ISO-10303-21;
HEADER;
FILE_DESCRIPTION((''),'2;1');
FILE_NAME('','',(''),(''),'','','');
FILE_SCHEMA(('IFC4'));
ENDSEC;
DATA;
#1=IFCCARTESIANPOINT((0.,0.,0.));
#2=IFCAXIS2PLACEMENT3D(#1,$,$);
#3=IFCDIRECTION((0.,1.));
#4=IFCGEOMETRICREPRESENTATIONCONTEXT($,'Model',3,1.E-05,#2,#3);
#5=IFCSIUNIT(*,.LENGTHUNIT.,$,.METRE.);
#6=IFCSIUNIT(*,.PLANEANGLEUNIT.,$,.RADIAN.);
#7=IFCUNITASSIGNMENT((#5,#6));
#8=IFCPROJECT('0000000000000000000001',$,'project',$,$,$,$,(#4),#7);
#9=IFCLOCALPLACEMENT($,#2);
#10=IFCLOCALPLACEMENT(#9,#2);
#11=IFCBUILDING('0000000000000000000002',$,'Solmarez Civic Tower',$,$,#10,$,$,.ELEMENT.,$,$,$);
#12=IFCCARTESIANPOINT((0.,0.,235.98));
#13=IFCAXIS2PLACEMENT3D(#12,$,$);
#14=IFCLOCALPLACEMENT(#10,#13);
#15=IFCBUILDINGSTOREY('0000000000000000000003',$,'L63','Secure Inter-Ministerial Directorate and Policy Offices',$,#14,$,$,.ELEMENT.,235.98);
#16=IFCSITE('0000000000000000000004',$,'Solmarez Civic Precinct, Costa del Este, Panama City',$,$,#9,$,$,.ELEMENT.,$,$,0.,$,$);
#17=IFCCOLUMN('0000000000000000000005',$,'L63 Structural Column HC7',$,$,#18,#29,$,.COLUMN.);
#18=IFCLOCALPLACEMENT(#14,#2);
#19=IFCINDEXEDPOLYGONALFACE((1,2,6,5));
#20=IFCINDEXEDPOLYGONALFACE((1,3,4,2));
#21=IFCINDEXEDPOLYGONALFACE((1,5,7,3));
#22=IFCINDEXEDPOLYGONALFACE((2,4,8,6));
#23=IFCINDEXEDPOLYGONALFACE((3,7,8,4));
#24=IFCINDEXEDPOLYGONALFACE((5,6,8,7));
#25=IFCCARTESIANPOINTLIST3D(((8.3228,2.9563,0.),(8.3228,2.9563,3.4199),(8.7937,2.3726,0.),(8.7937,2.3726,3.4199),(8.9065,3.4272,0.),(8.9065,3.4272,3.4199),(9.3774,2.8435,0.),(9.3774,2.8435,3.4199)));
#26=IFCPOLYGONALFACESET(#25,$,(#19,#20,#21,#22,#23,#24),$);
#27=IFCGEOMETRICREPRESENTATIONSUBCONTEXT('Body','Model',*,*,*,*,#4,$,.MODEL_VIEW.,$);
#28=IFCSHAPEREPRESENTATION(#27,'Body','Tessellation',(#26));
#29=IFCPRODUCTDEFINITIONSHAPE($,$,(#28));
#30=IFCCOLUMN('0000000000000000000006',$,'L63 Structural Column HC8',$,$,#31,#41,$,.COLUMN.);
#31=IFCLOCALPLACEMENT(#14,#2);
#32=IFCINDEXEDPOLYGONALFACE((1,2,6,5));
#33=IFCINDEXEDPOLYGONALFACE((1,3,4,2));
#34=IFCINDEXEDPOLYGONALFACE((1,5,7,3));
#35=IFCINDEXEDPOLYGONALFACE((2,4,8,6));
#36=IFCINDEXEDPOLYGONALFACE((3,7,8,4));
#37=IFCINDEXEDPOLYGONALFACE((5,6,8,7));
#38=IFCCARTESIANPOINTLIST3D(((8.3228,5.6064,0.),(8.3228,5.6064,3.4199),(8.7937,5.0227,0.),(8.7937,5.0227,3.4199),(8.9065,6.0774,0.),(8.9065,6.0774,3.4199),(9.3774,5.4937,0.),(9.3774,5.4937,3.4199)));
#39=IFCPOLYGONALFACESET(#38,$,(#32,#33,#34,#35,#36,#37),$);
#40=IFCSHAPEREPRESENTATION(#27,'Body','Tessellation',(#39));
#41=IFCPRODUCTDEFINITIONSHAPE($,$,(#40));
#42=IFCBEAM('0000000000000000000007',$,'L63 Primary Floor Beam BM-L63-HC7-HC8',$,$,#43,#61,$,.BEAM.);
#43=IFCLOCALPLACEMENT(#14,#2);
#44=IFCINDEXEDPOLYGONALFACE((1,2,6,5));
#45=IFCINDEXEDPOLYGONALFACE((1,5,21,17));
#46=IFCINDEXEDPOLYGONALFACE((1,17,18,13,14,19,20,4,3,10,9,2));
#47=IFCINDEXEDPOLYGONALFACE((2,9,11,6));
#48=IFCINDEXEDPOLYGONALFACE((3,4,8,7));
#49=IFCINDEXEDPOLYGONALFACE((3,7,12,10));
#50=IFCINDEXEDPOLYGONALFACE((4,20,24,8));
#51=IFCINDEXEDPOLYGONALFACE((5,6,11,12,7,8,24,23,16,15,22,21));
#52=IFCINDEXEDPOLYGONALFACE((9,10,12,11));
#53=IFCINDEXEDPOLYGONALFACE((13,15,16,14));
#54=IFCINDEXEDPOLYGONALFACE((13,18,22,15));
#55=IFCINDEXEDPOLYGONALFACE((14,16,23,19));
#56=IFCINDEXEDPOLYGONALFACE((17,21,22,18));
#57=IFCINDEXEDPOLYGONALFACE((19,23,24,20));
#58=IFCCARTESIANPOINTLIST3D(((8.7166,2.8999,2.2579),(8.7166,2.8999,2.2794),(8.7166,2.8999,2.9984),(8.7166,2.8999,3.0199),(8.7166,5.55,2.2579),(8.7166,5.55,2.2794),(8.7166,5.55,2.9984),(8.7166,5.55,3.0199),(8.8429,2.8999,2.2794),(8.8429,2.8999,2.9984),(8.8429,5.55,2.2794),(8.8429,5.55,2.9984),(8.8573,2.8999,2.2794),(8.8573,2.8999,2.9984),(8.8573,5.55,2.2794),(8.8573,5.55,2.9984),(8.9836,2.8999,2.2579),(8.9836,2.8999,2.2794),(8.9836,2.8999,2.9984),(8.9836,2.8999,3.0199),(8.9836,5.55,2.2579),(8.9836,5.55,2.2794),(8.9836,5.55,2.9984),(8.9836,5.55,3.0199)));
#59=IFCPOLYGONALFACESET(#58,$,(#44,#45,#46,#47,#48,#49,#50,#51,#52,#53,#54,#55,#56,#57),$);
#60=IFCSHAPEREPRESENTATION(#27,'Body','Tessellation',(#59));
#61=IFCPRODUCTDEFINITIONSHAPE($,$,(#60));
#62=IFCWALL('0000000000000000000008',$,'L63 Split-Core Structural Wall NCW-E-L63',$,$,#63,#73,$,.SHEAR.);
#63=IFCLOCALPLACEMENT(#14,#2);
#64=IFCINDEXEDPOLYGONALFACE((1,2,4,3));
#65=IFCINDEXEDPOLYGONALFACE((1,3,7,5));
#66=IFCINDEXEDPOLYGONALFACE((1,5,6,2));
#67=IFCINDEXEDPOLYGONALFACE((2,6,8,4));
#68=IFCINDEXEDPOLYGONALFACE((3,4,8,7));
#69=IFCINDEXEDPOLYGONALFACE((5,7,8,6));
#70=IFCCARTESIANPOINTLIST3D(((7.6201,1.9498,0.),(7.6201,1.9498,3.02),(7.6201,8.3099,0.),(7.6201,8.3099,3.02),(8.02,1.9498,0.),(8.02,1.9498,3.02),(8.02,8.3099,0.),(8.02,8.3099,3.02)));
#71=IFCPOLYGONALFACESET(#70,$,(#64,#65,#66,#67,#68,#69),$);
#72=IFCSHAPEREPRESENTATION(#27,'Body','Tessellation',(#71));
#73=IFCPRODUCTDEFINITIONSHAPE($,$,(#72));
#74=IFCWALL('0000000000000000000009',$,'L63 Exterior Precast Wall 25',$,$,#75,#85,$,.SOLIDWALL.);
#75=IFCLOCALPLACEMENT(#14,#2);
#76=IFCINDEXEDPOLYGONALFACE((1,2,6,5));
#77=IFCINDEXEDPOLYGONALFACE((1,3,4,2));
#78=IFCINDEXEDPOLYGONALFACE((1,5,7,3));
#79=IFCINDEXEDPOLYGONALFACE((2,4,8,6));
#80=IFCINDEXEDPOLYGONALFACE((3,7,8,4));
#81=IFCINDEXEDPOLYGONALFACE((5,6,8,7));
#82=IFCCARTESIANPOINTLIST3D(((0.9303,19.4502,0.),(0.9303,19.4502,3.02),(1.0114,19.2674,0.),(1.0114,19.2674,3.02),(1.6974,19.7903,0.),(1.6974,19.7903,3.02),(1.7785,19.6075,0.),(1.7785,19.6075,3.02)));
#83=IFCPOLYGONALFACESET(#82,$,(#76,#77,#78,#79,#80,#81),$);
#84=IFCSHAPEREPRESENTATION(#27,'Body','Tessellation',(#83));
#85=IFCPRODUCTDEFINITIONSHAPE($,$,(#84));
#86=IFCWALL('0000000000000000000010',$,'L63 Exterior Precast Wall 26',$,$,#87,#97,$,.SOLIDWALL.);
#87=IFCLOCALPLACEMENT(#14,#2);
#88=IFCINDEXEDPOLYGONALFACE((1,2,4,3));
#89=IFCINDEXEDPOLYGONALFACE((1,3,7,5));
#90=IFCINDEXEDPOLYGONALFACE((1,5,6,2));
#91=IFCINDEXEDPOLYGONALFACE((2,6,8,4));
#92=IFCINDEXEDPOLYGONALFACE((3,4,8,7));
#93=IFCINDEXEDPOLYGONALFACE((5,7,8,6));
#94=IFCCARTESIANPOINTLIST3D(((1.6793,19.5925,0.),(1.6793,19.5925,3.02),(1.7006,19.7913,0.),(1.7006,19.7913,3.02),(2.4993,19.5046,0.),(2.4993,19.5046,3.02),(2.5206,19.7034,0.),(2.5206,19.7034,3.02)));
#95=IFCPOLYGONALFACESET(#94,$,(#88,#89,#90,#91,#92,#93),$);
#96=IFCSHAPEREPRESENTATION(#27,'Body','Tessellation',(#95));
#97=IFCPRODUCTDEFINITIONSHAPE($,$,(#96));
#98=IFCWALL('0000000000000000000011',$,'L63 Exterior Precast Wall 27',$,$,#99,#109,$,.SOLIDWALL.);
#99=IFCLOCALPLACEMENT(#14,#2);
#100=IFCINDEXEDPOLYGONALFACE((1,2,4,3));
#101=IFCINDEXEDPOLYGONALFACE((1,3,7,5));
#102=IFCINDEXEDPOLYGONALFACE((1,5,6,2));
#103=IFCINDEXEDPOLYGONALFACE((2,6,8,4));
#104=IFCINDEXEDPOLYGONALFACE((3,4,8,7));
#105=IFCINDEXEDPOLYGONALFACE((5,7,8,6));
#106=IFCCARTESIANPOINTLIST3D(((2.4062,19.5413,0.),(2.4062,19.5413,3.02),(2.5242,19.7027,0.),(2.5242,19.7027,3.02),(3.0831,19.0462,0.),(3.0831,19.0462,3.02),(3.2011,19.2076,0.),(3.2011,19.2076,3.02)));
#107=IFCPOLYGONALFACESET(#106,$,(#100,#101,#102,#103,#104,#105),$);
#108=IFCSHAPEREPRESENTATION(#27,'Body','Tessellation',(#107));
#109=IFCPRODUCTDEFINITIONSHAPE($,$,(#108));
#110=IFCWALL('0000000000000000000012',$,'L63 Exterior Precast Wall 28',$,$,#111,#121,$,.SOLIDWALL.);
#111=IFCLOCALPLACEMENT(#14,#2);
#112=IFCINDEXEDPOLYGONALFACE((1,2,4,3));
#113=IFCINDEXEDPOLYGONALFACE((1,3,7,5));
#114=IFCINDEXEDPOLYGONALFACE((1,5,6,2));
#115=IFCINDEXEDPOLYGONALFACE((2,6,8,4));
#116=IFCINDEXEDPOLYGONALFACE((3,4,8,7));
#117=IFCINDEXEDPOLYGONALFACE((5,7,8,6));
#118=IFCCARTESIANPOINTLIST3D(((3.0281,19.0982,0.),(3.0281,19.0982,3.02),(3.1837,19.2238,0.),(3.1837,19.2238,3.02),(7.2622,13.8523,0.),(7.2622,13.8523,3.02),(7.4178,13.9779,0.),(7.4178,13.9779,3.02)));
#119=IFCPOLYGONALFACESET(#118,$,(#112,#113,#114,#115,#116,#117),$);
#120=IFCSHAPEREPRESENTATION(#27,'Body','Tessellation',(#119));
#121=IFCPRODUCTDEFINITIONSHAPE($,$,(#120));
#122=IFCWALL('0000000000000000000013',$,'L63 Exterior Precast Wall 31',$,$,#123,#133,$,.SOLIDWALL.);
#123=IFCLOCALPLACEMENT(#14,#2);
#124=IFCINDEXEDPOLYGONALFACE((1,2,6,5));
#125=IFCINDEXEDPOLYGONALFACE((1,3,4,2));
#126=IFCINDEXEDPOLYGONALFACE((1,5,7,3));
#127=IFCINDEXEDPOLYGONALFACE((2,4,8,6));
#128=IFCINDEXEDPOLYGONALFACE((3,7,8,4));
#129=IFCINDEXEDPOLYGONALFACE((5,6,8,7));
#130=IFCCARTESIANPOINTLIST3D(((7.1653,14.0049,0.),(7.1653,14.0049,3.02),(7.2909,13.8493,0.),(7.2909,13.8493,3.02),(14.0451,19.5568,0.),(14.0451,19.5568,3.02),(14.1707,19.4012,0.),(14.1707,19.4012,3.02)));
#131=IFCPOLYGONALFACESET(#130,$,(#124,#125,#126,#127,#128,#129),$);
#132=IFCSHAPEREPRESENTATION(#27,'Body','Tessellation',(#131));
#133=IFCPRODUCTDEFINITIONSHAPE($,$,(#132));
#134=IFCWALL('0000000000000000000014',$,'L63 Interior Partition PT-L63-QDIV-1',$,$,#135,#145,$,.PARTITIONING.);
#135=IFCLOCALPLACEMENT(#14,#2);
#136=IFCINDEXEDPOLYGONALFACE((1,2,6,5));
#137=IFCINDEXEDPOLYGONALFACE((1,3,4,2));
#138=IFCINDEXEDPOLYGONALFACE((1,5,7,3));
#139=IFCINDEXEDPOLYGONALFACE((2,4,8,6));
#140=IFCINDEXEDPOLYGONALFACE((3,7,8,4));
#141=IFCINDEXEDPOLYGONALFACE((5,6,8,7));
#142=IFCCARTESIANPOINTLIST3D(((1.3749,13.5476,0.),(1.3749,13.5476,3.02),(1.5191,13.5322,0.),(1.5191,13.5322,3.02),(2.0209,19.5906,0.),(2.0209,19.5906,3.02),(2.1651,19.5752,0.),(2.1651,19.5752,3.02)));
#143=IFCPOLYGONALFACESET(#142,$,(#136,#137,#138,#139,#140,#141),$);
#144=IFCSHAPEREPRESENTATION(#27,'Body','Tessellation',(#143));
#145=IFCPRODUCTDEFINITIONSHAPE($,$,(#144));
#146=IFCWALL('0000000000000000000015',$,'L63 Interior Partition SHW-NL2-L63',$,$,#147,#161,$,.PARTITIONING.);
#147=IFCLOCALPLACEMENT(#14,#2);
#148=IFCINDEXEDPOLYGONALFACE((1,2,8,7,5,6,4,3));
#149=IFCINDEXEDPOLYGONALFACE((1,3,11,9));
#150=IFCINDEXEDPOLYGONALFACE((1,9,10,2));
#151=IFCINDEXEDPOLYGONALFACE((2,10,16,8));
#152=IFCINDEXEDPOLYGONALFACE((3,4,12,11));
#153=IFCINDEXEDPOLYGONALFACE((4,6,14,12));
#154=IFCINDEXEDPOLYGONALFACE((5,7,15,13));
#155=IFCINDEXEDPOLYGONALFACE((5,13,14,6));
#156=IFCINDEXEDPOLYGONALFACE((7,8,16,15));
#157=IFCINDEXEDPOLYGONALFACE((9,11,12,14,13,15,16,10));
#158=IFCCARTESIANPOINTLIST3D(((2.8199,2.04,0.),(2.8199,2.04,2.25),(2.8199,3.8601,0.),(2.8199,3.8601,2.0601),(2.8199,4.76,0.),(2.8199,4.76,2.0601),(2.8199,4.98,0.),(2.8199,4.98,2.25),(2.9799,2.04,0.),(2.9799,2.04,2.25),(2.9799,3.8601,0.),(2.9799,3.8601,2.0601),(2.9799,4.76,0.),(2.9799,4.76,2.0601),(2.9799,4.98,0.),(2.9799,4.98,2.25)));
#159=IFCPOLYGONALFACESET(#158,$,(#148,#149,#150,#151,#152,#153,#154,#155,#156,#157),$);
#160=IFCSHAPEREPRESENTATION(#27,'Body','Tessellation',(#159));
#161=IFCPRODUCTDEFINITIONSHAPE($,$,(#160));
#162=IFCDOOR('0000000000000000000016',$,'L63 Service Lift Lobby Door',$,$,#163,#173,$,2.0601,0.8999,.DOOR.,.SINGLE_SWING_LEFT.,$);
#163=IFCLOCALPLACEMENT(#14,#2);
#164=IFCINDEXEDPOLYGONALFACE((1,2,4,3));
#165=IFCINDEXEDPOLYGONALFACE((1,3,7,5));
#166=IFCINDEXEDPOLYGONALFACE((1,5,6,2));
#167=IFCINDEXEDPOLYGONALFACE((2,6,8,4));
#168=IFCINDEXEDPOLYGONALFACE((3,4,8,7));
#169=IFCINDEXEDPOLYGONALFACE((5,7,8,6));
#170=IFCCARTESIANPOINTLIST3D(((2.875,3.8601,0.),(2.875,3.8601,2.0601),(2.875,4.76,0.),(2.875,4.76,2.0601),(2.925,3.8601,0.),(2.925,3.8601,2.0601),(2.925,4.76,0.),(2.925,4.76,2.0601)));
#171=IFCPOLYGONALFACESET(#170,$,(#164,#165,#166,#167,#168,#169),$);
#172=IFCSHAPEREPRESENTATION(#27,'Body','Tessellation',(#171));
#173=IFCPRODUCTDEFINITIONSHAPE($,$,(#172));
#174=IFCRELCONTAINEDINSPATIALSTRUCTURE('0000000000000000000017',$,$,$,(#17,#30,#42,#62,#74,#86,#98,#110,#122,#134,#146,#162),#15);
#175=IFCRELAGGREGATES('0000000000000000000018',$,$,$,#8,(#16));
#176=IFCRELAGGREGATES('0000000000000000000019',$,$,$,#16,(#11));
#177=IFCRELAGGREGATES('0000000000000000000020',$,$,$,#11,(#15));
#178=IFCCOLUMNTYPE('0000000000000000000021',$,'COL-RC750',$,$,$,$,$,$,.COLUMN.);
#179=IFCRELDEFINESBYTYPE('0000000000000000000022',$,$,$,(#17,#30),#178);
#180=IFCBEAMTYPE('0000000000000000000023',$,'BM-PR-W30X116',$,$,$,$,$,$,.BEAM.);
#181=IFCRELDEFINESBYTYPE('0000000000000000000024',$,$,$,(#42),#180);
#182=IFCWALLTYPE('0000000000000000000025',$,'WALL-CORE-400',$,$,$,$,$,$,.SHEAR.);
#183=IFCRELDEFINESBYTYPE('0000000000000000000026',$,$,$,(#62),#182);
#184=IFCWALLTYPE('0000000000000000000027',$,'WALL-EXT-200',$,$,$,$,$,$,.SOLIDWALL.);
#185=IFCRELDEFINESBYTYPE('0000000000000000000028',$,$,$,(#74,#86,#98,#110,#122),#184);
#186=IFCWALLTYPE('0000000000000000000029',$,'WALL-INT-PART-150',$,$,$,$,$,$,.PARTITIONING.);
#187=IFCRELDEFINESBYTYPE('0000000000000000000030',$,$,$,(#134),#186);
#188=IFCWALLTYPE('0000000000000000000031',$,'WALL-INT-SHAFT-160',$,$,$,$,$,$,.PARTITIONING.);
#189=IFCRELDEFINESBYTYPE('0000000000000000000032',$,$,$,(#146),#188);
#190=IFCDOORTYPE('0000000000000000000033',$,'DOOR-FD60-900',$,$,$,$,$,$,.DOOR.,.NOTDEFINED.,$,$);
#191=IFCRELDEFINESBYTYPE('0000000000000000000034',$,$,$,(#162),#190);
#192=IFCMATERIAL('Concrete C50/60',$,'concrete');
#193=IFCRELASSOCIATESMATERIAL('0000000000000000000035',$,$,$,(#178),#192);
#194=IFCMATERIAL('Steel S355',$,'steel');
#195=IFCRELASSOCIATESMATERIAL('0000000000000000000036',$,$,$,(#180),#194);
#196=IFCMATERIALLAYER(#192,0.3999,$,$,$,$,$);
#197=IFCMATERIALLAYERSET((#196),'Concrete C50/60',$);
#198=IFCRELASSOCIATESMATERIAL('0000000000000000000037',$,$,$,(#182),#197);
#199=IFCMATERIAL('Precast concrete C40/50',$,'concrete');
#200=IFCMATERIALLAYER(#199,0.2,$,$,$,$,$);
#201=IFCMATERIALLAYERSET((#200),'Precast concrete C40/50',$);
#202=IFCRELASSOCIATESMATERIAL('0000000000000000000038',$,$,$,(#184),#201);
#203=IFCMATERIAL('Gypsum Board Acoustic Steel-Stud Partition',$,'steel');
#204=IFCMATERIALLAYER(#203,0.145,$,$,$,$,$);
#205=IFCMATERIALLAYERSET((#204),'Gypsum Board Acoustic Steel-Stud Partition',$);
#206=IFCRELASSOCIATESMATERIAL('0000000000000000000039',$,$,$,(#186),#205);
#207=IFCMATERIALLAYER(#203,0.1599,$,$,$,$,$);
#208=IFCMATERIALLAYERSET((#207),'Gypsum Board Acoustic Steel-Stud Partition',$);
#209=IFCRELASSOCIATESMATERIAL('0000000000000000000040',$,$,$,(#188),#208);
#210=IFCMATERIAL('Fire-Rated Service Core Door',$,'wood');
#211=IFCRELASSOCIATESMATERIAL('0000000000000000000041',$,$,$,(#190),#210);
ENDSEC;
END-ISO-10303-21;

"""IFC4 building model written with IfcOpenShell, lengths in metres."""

from ifc_helpers import new_model, si_unit, direction, frame, frame_2d, origin, origin_2d, place, context, subcontext, project, spatial, rectangle, i_section, extrude, material, layer, layer_set, material_profile, profile_set, type_object, element, fill, save


model = new_model("IFC4")

# Units and contexts
model_context = context("Model", 3, precision=1e-05, world=origin(), true_north=direction((0.0, 1.0)))
body_context = subcontext(model_context, "Body", "Model", "MODEL_VIEW")
ifc_project = project(units=[si_unit("LENGTHUNIT", "METRE"), si_unit("PLANEANGLEUNIT", "RADIAN")], contexts=[model_context])

# Site, building, storey
site_placement = place(None, origin())
site = spatial("IfcSite", under=ifc_project, at=site_placement, Name="Solmarez Civic Precinct, Costa del Este, Panama City", CompositionType="ELEMENT", RefElevation=0.0)
building_placement = place(site_placement, origin())
building = spatial("IfcBuilding", under=site, at=building_placement, Name="Solmarez Civic Tower", CompositionType="ELEMENT")
storey_placement = place(building_placement, frame((0.0, 0.0, 235.98)))
storey = spatial("IfcBuildingStorey", under=building, at=storey_placement, Name="L63", Description="Secure Inter-Ministerial Directorate and Policy Offices", CompositionType="ELEMENT", Elevation=235.98)

# Columns
ifc_material_1 = material(Name="Concrete C50/60", Category="concrete")
ifc_material_profile_1 = material_profile(ifc_material_1, rectangle(XDim=0.75, YDim=0.75, at=origin_2d()), Name="RC750X750")
ifc_profile_set_1 = profile_set([ifc_material_profile_1], Name="Concrete C50/60")
column_type = type_object("IfcColumnType", Name="COL-RC750", PredefinedType="COLUMN", material=ifc_profile_set_1)
for number, where, z_axis, x_axis, name in (
    (1, (8.8501, 2.8999, 0.0), (0.0, 0.0, 1.0), (0.778243, 0.627963, 0.0), "L63 Structural Column HC7"),
    (2, (8.8501, 5.55, 0.0), (0.0, 0.0, 1.0), (0.778243, 0.627963, 0.0), "L63 Structural Column HC8"),
):
    element("IfcColumn", number, at=place(storey_placement, frame(where, z_axis=z_axis, x_axis=x_axis)), inside=storey, type_object=column_type, Name=name, PredefinedType="COLUMN", context=body_context, shape_type="SweptSolid", body=[
        extrude(rectangle(XDim=0.75, YDim=0.75, at=origin_2d()), origin(), (0.0, 0.0, 1.0), 3.4199),
    ])

# Beam
ifc_material_2 = material(Name="Steel S355", Category="steel")
ifc_material_profile_2 = material_profile(ifc_material_2, i_section(OverallWidth=0.2671, OverallDepth=0.762, WebThickness=0.0144, FlangeThickness=0.0215, at=origin_2d()), Name="W30X116")
ifc_profile_set_2 = profile_set([ifc_material_profile_2], Name="Steel S355")
beam_type = type_object("IfcBeamType", Name="BM-PR-W30X116", PredefinedType="BEAM", material=ifc_profile_set_2)
beam_placement = place(storey_placement, frame((8.8501, 2.8999, 2.6389), z_axis=(0.0, 1.0, 0.0), x_axis=(-1.0, 0.0, 0.0)))
element("IfcBeam", 3, at=beam_placement, inside=storey, type_object=beam_type, Name="L63 Primary Floor Beam BM-L63-HC7-HC8", PredefinedType="BEAM", context=body_context, shape_type="SweptSolid", body=[
    extrude(i_section(OverallWidth=0.2671, OverallDepth=0.762, WebThickness=0.0144, FlangeThickness=0.0215, at=origin_2d()), origin(), (0.0, 0.0, 1.0), 2.6501),
])

# Walls
ifc_layer_1 = layer(ifc_material_1, 0.3999)
ifc_layer_set_1 = layer_set([ifc_layer_1], Name="Concrete C50/60")
wall_type_1 = type_object("IfcWallType", Name="WALL-CORE-400", PredefinedType="SHEAR", material=ifc_layer_set_1)
wall_1_placement = place(storey_placement, frame((7.8201, 8.3101, 0.0), z_axis=(0.0, 0.0, 1.0), x_axis=(0.0, -1.0, 0.0)))
element("IfcWall", 4, at=wall_1_placement, inside=storey, type_object=wall_type_1, Name="L63 Split-Core Structural Wall NCW-E-L63", PredefinedType="SHEAR", context=body_context, shape_type="SweptSolid", body=[
    extrude(rectangle(XDim=6.3601, YDim=0.3999, at=frame_2d((3.1802, 0.0))), origin(), (0.0, 0.0, 1.0), 3.02),
])
ifc_material_3 = material(Name="Precast concrete C40/50", Category="concrete")
ifc_layer_2 = layer(ifc_material_3, 0.2)
ifc_layer_set_2 = layer_set([ifc_layer_2], Name="Precast concrete C40/50")
wall_type_2 = type_object("IfcWallType", Name="WALL-EXT-200", PredefinedType="SOLIDWALL", material=ifc_layer_set_2)
wall_2_placement = place(storey_placement, frame((0.9709, 19.3589, 0.0), z_axis=(0.0, 0.0, 1.0), x_axis=(0.914183, 0.405301, 0.0)))
element("IfcWall", 5, at=wall_2_placement, inside=storey, type_object=wall_type_2, Name="L63 Exterior Precast Wall 25", PredefinedType="SOLIDWALL", context=body_context, shape_type="SweptSolid", body=[
    extrude(rectangle(XDim=0.8391, YDim=0.2, at=frame_2d((0.4194, 0.0))), origin(), (0.0, 0.0, 1.0), 3.02),
])
wall_3_placement = place(storey_placement, frame((1.6899, 19.6919, 0.0), z_axis=(0.0, 0.0, 1.0), x_axis=(0.994306, -0.106564, 0.0)))
element("IfcWall", 6, at=wall_3_placement, inside=storey, type_object=wall_type_2, Name="L63 Exterior Precast Wall 26", PredefinedType="SOLIDWALL", context=body_context, shape_type="SweptSolid", body=[
    extrude(rectangle(XDim=0.8247, YDim=0.2, at=frame_2d((0.4124, 0.0))), origin(), (0.0, 0.0, 1.0), 3.02),
])
wall_4_placement = place(storey_placement, frame((2.4651, 19.6221, 0.0), z_axis=(0.0, 0.0, 1.0), x_axis=(0.807172, -0.590316, 0.0)))
element("IfcWall", 7, at=wall_4_placement, inside=storey, type_object=wall_type_2, Name="L63 Exterior Precast Wall 27", PredefinedType="SOLIDWALL", context=body_context, shape_type="SweptSolid", body=[
    extrude(rectangle(XDim=0.8386, YDim=0.2, at=frame_2d((0.4194, 0.0))), origin(), (0.0, 0.0, 1.0), 3.02),
])
wall_5_placement = place(storey_placement, frame((3.106, 19.1609, 0.0), z_axis=(0.0, 0.0, 1.0), x_axis=(0.628077, -0.778152, 0.0)))
element("IfcWall", 8, at=wall_5_placement, inside=storey, type_object=wall_type_2, Name="L63 Exterior Precast Wall 28", PredefinedType="SOLIDWALL", context=body_context, shape_type="SweptSolid", body=[
    extrude(rectangle(XDim=6.7415, YDim=0.2, at=frame_2d((3.3706, 0.0))), origin(), (0.0, 0.0, 1.0), 3.02),
])
wall_6_placement = place(storey_placement, frame((7.228, 13.927, 0.0), z_axis=(0.0, 0.0, 1.0), x_axis=(0.778208, 0.628007, 0.0)))
element("IfcWall", 9, at=wall_6_placement, inside=storey, type_object=wall_type_2, Name="L63 Exterior Precast Wall 31", PredefinedType="SOLIDWALL", context=body_context, shape_type="SweptSolid", body=[
    extrude(rectangle(XDim=8.8406, YDim=0.2, at=frame_2d((4.4204, 0.0))), origin(), (0.0, 0.0, 1.0), 3.02),
])
ifc_material_4 = material(Name="Gypsum Board Acoustic Steel-Stud Partition", Category="steel")
ifc_layer_3 = layer(ifc_material_4, 0.145)
ifc_layer_set_3 = layer_set([ifc_layer_3], Name="Gypsum Board Acoustic Steel-Stud Partition")
wall_type_3 = type_object("IfcWallType", Name="WALL-INT-PART-150", PredefinedType="PARTITIONING", material=ifc_layer_set_3)
wall_7_placement = place(storey_placement, frame((1.447, 13.54, 0.0), z_axis=(0.0, 0.0, 1.0), x_axis=(0.106295, 0.994335, 0.0)))
element("IfcWall", 10, at=wall_7_placement, inside=storey, type_object=wall_type_3, Name="L63 Interior Partition PT-L63-QDIV-1", PredefinedType="PARTITIONING", context=body_context, shape_type="SweptSolid", body=[
    extrude(rectangle(XDim=6.0774, YDim=0.145, at=frame_2d((3.0386, 0.0))), origin(), (0.0, 0.0, 1.0), 3.02),
])

# Wall, opening, door
ifc_layer_4 = layer(ifc_material_4, 0.1599)
ifc_layer_set_4 = layer_set([ifc_layer_4], Name="Gypsum Board Acoustic Steel-Stud Partition")
wall_type_4 = type_object("IfcWallType", Name="WALL-INT-SHAFT-160", PredefinedType="PARTITIONING", material=ifc_layer_set_4)
wall_8_placement = place(storey_placement, frame((2.8999, 2.04, 0.0), z_axis=(0.0, 0.0, 1.0), x_axis=(0.0, 1.0, 0.0)))
wall_8 = element("IfcWall", 11, at=wall_8_placement, inside=storey, type_object=wall_type_4, Name="L63 Interior Partition SHW-NL2-L63", PredefinedType="PARTITIONING", context=body_context, shape_type="SweptSolid", body=[
    extrude(rectangle(XDim=2.9399, YDim=0.1599, at=frame_2d((1.47, 0.0))), origin(), (0.0, 0.0, 1.0), 2.25),
])
opening_1_placement = place(wall_8_placement, frame((1.8201, 0.0, 0.0)))
opening_1 = element("IfcOpeningElement", 12, at=opening_1_placement, cuts=wall_8, PredefinedType="OPENING", context=body_context, shape_type="SweptSolid", body=[
    extrude(rectangle(XDim=0.8999, YDim=2.0601, at=frame_2d((0.45, 1.03))), frame((0.0, 0.0898, 0.0), z_axis=(0.0, -1.0, 0.0), x_axis=(1.0, 0.0, 0.0)), (0.0, 0.0, 1.0), 0.1799),
])
ifc_material_5 = material(Name="Fire-Rated Service Core Door", Category="wood")
door_type_1 = type_object("IfcDoorType", Name="DOOR-FD60-900", OperationType="NOTDEFINED", PredefinedType="DOOR", material=ifc_material_5)
door_1_placement = place(opening_1_placement, origin())
door_1 = element("IfcDoor", 13, at=door_1_placement, inside=storey, type_object=door_type_1, Name="L63 Service Lift Lobby Door", OperationType="SINGLE_SWING_LEFT", OverallHeight=2.0601, OverallWidth=0.8999, PredefinedType="DOOR", context=body_context, shape_type="SweptSolid", body=[
    extrude(rectangle(XDim=0.8999, YDim=2.0601, at=frame_2d((0.45, 1.03))), frame((0.0, 0.0249, 0.0), z_axis=(0.0, -1.0, 0.0), x_axis=(1.0, 0.0, 0.0)), (0.0, 0.0, 1.0), 0.05),
])
fill(opening_1, door_1)

save(model, "model.ifc")
